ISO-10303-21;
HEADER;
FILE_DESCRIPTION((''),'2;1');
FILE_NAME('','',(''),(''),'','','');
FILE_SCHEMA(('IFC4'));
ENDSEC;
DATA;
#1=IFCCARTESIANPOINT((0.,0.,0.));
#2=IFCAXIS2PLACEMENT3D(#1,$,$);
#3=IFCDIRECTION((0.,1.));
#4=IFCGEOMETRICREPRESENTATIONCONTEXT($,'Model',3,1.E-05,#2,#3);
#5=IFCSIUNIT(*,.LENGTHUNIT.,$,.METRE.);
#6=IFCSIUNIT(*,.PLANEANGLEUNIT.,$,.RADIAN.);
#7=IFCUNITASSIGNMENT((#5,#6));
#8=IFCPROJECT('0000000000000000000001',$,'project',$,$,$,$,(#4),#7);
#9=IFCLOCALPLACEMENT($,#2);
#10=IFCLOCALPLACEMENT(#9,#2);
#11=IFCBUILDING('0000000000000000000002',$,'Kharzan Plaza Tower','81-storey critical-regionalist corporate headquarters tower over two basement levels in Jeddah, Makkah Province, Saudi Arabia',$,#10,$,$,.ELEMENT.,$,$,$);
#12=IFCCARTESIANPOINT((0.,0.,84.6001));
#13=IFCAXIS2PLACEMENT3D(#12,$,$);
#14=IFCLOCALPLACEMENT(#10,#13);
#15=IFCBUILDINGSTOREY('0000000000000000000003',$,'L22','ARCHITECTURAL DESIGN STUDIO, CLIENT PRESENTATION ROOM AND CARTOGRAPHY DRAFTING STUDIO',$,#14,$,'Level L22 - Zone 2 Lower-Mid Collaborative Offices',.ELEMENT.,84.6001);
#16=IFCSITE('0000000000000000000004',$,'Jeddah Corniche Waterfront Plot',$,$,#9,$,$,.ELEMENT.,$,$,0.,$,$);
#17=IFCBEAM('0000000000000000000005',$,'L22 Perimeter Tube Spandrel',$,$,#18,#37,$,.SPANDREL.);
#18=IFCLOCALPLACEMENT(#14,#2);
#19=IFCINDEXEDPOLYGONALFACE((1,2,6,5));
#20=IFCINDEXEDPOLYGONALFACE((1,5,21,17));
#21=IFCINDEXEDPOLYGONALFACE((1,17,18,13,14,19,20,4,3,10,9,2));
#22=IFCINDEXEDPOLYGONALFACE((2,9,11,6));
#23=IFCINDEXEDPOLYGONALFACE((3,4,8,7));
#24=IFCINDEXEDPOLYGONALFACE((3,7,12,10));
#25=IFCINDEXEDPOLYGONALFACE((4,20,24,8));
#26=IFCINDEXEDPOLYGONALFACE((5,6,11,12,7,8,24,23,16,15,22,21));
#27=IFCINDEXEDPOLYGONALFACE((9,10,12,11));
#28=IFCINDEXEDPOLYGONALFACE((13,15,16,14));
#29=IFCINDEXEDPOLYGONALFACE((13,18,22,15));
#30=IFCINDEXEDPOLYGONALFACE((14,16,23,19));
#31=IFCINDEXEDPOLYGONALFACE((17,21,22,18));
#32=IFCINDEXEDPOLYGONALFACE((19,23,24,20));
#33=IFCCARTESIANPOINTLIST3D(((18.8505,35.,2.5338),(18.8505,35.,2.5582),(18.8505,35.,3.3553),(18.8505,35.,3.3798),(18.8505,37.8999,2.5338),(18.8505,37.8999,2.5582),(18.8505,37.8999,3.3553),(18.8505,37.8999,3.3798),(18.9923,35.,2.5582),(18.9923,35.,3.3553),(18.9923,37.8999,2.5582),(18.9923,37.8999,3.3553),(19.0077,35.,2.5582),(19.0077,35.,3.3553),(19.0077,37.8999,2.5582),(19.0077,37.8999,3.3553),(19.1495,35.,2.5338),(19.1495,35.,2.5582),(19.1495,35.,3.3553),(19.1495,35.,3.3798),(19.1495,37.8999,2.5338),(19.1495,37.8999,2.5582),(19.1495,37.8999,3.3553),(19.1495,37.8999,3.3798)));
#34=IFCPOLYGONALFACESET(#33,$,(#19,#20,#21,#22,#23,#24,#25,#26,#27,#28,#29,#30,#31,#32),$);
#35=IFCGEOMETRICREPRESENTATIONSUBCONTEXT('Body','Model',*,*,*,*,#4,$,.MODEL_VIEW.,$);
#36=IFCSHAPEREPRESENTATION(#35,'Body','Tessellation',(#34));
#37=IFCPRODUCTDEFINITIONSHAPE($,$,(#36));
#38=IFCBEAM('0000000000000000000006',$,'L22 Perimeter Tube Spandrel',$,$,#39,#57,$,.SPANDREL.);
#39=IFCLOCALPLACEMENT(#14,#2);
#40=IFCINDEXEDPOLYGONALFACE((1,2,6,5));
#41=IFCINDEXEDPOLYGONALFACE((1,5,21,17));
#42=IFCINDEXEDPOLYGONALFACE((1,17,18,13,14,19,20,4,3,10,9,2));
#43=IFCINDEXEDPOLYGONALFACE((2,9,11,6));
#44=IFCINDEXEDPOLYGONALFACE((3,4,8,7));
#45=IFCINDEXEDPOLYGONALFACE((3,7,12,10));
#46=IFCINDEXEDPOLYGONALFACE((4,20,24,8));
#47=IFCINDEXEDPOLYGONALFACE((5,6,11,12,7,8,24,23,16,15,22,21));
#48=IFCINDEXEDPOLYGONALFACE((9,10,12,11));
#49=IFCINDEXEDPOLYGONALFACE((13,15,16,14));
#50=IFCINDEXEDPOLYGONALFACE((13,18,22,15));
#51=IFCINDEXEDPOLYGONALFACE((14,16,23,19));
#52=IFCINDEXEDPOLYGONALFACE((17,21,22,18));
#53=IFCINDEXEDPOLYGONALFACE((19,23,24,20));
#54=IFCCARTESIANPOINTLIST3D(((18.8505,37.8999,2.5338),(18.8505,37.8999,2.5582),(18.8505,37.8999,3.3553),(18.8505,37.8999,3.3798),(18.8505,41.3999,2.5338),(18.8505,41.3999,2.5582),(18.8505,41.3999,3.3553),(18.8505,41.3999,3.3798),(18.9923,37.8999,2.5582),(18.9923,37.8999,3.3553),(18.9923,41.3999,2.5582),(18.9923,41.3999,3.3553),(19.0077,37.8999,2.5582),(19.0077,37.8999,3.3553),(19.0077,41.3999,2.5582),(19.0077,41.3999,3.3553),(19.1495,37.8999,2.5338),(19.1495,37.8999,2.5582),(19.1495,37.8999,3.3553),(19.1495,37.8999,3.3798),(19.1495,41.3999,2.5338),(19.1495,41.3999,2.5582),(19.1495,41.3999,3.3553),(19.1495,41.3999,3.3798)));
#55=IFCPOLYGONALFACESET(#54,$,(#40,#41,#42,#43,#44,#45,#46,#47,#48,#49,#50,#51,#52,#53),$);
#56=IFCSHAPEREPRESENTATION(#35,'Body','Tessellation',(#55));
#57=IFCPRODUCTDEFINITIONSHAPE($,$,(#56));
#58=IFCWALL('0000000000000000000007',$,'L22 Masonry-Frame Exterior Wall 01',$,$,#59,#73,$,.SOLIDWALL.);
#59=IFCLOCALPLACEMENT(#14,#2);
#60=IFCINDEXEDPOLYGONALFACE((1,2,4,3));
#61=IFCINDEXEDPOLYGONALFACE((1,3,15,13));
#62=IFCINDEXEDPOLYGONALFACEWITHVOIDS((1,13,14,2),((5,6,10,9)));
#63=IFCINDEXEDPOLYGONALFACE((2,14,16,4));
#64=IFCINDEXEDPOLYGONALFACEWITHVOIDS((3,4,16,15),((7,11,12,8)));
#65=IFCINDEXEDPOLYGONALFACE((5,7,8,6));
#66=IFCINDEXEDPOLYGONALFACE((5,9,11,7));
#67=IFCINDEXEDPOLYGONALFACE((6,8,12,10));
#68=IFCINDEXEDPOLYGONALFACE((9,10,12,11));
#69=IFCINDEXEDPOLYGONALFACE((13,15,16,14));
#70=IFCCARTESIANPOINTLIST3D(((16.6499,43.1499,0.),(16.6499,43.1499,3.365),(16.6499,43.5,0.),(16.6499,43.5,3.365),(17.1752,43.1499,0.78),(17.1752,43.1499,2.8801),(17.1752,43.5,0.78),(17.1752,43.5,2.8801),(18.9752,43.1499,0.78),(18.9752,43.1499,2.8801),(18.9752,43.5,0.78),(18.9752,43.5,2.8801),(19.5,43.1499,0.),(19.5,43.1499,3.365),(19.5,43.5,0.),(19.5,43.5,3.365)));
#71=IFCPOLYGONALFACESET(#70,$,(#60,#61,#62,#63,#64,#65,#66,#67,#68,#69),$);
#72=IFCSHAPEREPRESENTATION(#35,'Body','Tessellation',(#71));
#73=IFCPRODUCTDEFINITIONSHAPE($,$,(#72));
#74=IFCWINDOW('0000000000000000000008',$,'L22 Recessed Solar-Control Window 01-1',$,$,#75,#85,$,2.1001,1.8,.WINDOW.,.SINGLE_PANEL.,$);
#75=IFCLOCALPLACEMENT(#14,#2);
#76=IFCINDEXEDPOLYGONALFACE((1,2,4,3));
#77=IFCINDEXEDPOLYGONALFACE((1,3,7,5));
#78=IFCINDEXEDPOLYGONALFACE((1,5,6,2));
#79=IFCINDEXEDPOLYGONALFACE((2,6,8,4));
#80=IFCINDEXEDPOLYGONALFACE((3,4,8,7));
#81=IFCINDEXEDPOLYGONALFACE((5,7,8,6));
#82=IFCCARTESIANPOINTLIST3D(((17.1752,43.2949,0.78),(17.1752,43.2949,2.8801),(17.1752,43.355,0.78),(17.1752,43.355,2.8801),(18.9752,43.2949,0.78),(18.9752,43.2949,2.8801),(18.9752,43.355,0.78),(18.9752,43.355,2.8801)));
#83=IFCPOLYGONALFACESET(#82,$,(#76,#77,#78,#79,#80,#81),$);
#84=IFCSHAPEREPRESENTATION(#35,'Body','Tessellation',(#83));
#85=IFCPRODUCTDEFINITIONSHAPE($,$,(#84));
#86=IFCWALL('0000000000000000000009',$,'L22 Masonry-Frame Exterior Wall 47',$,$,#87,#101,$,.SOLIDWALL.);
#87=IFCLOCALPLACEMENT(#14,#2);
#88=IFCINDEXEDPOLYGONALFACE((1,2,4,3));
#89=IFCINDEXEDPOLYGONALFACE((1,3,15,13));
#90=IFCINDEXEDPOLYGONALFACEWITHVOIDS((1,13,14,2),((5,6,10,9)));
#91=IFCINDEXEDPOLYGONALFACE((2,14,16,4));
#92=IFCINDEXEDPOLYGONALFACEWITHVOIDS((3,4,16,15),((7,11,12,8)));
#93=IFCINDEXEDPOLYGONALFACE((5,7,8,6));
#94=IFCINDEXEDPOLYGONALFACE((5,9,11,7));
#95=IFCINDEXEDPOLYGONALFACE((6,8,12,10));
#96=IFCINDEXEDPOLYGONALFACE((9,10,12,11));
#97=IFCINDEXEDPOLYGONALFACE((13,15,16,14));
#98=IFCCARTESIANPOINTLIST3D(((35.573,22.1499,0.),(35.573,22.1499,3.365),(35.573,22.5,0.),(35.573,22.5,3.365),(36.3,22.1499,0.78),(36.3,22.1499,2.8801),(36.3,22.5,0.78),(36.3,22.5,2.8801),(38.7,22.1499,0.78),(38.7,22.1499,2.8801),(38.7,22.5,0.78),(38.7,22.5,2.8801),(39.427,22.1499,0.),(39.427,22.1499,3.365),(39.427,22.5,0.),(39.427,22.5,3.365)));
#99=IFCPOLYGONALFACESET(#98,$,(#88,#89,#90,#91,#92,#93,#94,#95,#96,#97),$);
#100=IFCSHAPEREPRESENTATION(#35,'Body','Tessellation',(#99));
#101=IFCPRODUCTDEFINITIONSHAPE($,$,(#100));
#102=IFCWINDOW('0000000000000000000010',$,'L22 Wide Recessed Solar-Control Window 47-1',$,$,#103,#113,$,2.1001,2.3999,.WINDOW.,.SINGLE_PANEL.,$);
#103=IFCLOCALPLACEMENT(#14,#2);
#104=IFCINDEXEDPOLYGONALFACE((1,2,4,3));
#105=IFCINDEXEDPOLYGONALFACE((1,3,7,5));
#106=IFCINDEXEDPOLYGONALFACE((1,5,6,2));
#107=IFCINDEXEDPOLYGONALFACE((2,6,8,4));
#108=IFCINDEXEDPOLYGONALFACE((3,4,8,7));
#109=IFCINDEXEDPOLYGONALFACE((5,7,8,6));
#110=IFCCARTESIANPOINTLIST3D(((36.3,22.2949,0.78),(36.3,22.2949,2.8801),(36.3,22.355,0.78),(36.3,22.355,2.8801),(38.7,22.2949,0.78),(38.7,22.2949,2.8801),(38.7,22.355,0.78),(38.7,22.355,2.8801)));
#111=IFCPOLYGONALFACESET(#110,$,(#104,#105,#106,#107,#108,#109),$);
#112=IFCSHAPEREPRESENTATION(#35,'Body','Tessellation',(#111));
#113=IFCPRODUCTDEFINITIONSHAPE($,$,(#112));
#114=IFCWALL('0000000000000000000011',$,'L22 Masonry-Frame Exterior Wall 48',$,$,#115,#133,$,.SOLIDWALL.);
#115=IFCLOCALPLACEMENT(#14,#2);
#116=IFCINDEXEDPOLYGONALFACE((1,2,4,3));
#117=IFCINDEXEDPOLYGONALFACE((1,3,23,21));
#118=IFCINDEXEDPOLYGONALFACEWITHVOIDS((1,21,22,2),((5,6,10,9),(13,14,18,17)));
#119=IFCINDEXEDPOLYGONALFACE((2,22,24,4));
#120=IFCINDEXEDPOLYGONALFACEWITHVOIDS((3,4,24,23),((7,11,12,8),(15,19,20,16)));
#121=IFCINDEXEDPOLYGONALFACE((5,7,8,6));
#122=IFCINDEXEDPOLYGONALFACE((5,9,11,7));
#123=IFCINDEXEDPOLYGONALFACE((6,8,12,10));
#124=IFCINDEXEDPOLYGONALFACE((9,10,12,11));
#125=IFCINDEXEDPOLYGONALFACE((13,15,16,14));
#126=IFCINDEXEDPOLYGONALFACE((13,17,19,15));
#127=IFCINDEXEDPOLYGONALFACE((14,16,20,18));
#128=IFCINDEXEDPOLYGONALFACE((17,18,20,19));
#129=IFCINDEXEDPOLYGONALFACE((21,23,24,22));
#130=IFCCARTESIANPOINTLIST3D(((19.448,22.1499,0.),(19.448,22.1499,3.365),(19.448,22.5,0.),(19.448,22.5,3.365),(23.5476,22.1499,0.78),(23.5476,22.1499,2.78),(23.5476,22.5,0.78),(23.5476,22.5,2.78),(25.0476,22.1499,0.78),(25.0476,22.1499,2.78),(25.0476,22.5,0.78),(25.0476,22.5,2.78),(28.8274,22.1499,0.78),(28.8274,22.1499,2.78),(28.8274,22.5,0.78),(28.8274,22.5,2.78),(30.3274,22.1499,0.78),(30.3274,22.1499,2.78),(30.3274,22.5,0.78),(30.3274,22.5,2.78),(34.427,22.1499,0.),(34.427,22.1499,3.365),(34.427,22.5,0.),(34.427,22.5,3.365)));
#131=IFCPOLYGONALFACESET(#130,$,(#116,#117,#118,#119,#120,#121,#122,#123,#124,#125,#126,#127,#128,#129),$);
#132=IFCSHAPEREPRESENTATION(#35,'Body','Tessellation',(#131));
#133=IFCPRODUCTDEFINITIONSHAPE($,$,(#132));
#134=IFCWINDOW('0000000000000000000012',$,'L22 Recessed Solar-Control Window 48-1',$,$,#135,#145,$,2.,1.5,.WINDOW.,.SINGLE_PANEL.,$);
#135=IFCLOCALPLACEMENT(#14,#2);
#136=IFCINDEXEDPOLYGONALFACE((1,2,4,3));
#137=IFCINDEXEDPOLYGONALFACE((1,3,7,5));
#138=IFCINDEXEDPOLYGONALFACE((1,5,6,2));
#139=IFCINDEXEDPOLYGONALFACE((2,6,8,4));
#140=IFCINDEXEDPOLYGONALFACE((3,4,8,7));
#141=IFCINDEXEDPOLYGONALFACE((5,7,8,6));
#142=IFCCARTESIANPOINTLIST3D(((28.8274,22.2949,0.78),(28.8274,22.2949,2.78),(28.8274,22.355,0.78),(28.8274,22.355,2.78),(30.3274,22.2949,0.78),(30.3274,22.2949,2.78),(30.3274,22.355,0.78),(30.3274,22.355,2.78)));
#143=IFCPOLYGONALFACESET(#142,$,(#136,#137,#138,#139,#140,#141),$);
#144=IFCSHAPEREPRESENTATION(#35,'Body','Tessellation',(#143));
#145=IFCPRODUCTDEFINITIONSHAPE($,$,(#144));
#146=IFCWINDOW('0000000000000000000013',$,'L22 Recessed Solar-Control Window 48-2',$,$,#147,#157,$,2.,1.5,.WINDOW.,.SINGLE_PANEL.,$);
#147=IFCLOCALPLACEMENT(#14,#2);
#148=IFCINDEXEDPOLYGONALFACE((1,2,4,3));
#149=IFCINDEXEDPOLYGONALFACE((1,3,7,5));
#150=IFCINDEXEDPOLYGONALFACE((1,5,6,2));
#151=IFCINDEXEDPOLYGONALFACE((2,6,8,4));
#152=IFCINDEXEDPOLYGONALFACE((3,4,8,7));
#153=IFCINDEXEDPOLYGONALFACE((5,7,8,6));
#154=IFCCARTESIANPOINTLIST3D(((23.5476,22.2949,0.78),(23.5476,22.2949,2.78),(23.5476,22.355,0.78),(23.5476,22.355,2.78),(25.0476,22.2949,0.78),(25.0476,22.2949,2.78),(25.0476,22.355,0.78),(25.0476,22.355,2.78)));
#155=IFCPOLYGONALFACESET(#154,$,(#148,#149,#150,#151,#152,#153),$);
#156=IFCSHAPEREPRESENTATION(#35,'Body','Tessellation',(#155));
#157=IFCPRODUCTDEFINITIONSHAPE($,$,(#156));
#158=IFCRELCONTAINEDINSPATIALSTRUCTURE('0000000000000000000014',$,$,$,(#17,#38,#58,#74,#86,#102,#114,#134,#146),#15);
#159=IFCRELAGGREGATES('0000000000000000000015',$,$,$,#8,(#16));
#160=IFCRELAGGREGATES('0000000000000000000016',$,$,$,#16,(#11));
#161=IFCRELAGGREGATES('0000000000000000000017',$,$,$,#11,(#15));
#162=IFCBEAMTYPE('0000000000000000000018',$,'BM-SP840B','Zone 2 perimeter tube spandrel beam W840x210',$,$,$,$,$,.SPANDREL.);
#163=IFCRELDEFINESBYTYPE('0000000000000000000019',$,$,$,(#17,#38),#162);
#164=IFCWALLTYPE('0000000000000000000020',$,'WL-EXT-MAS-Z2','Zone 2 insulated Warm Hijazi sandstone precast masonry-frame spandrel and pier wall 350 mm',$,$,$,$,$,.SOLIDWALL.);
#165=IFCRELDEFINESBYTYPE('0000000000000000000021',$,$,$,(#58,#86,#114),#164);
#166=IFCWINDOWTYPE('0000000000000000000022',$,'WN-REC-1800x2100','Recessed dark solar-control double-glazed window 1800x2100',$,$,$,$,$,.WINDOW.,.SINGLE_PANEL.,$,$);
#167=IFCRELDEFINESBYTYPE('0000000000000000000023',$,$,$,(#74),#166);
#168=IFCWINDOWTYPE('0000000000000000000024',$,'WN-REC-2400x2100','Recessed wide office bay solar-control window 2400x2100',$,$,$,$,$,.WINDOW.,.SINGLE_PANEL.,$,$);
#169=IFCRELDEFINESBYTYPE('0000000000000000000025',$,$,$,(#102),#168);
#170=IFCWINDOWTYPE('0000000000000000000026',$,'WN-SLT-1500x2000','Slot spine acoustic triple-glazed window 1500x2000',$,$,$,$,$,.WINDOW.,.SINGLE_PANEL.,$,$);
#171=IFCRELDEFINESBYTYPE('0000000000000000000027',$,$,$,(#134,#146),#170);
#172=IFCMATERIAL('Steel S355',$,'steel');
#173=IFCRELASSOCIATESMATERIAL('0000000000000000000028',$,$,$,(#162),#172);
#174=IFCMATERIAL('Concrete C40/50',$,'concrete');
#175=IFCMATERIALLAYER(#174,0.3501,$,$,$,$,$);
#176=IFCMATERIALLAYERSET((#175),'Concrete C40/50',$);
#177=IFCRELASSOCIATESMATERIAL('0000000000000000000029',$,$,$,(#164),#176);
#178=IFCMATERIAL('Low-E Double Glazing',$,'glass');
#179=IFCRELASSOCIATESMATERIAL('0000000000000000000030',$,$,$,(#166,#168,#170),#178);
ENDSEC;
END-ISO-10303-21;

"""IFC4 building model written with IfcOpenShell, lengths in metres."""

from ifc_helpers import new_model, si_unit, direction, frame, frame_2d, origin, origin_2d, place, context, subcontext, project, spatial, rectangle, i_section, extrude, source, transform, mapped, material, layer, layer_set, material_profile, profile_set, type_object, element, fill, save


model = new_model("IFC4")

# Units and contexts
model_context = context("Model", 3, precision=1e-05, world=origin(), true_north=direction((0.0, 1.0)))
body_context = subcontext(model_context, "Body", "Model", "MODEL_VIEW")
ifc_project = project(units=[si_unit("LENGTHUNIT", "METRE"), si_unit("PLANEANGLEUNIT", "RADIAN")], contexts=[model_context])

# Site, building, storey
site_placement = place(None, origin())
site = spatial("IfcSite", under=ifc_project, at=site_placement, Name="Jeddah Corniche Waterfront Plot", CompositionType="ELEMENT", RefElevation=0.0)
building_placement = place(site_placement, origin())
building = spatial("IfcBuilding", under=site, at=building_placement, Name="Kharzan Plaza Tower", Description="81-storey critical-regionalist corporate headquarters tower over two basement levels in Jeddah, Makkah Province, Saudi Arabia", CompositionType="ELEMENT")
storey_placement = place(building_placement, frame((0.0, 0.0, 84.6001)))
storey = spatial("IfcBuildingStorey", under=building, at=storey_placement, Name="L22", Description="ARCHITECTURAL DESIGN STUDIO, CLIENT PRESENTATION ROOM AND CARTOGRAPHY DRAFTING STUDIO", LongName="Level L22 - Zone 2 Lower-Mid Collaborative Offices", CompositionType="ELEMENT", Elevation=84.6001)

# Beams
ifc_material_1 = material(Name="Steel S355", Category="steel")
ifc_material_profile_1 = material_profile(ifc_material_1, i_section(OverallWidth=0.2991, OverallDepth=0.8459, WebThickness=0.0154, FlangeThickness=0.0244, at=origin_2d()), Name="W840x210")
ifc_profile_set_1 = profile_set([ifc_material_profile_1], Name="Steel S355")
beam_type_1 = type_object("IfcBeamType", Name="BM-SP840B", Description="Zone 2 perimeter tube spandrel beam W840x210", PredefinedType="SPANDREL", material=ifc_profile_set_1)
shared_shape_1 = source(origin(), body_context, "Body", "SweptSolid", [
    extrude(i_section(OverallWidth=0.2991, OverallDepth=0.8459, WebThickness=0.0154, FlangeThickness=0.0244, at=origin_2d()), origin(), (0.0, 0.0, 1.0), 2.8999),
])
beam_1_placement = place(storey_placement, frame((19.0, 35.0, 2.9568), z_axis=(0.0, 1.0, 0.0), x_axis=(-1.0, 0.0, 0.0)))
element("IfcBeam", 1, at=beam_1_placement, inside=storey, type_object=beam_type_1, Name="L22 Perimeter Tube Spandrel", PredefinedType="SPANDREL", context=body_context, shape_type="MappedRepresentation", body=[
    mapped(shared_shape_1, transform((0.0, 0.0, 0.0), x_axis=(1.0, 0.0, 0.0), y_axis=(0.0, 1.0, 0.0), z_axis=(0.0, 0.0, 1.0))),
])
shared_shape_2 = source(origin(), body_context, "Body", "SweptSolid", [
    extrude(i_section(OverallWidth=0.2991, OverallDepth=0.8459, WebThickness=0.0154, FlangeThickness=0.0244, at=origin_2d()), origin(), (0.0, 0.0, 1.0), 3.5),
])
beam_2_placement = place(storey_placement, frame((19.0, 37.8999, 2.9568), z_axis=(0.0, 1.0, 0.0), x_axis=(-1.0, 0.0, 0.0)))
element("IfcBeam", 2, at=beam_2_placement, inside=storey, type_object=beam_type_1, Name="L22 Perimeter Tube Spandrel", PredefinedType="SPANDREL", context=body_context, shape_type="MappedRepresentation", body=[
    mapped(shared_shape_2, transform((0.0, 0.0, 0.0), x_axis=(1.0, 0.0, 0.0), y_axis=(0.0, 1.0, 0.0), z_axis=(0.0, 0.0, 1.0))),
])

# Walls, openings, windows
ifc_material_2 = material(Name="Concrete C40/50", Category="concrete")
ifc_layer_1 = layer(ifc_material_2, 0.3501)
ifc_layer_set_1 = layer_set([ifc_layer_1], Name="Concrete C40/50")
wall_type_1 = type_object("IfcWallType", Name="WL-EXT-MAS-Z2", Description="Zone 2 insulated Warm Hijazi sandstone precast masonry-frame spandrel and pier wall 350 mm", PredefinedType="SOLIDWALL", material=ifc_layer_set_1)
wall_1_placement = place(storey_placement, frame((19.5, 43.325, 0.0), z_axis=(0.0, 0.0, 1.0), x_axis=(-1.0, 0.0, 0.0)))
wall_1 = element("IfcWall", 3, at=wall_1_placement, inside=storey, type_object=wall_type_1, Name="L22 Masonry-Frame Exterior Wall 01", PredefinedType="SOLIDWALL", context=body_context, shape_type="SweptSolid", body=[
    extrude(rectangle(XDim=2.8501, YDim=0.3501, at=frame_2d((1.425, 0.0))), origin(), (0.0, 0.0, 1.0), 3.365),
])
opening_1_placement = place(wall_1_placement, frame((0.5249, 0.0, 0.78)))
opening_1 = element("IfcOpeningElement", 4, at=opening_1_placement, cuts=wall_1, PredefinedType="OPENING", context=body_context, shape_type="SweptSolid", body=[
    extrude(rectangle(XDim=1.8, YDim=2.1001, at=frame_2d((0.8999, 1.05))), frame((0.0, 0.1851, 0.0), z_axis=(0.0, -1.0, 0.0), x_axis=(1.0, 0.0, 0.0)), (0.0, 0.0, 1.0), 0.3701),
])
ifc_material_3 = material(Name="Low-E Double Glazing", Category="glass")
window_type_1 = type_object("IfcWindowType", Name="WN-REC-1800x2100", Description="Recessed dark solar-control double-glazed window 1800x2100", PartitioningType="SINGLE_PANEL", PredefinedType="WINDOW", material=ifc_material_3)
shared_shape_3 = source(origin(), body_context, "Body", "SweptSolid", [
    extrude(rectangle(XDim=1.8, YDim=2.1001, at=frame_2d((0.8999, 1.05))), frame((0.0, 0.03, 0.0), z_axis=(0.0, -1.0, 0.0), x_axis=(1.0, 0.0, 0.0)), (0.0, 0.0, 1.0), 0.0601),
])
window_1_placement = place(opening_1_placement, origin())
window_1 = element("IfcWindow", 5, at=window_1_placement, inside=storey, type_object=window_type_1, Name="L22 Recessed Solar-Control Window 01-1", OverallHeight=2.1001, OverallWidth=1.8, PartitioningType="SINGLE_PANEL", PredefinedType="WINDOW", context=body_context, shape_type="MappedRepresentation", body=[
    mapped(shared_shape_3, transform((0.0, 0.0, 0.0), x_axis=(1.0, 0.0, 0.0), y_axis=(0.0, 1.0, 0.0), z_axis=(0.0, 0.0, 1.0))),
])
fill(opening_1, window_1)
wall_2_placement = place(storey_placement, frame((39.427, 22.325, 0.0), z_axis=(0.0, 0.0, 1.0), x_axis=(-1.0, 0.0, 0.0)))
wall_2 = element("IfcWall", 6, at=wall_2_placement, inside=storey, type_object=wall_type_1, Name="L22 Masonry-Frame Exterior Wall 47", PredefinedType="SOLIDWALL", context=body_context, shape_type="SweptSolid", body=[
    extrude(rectangle(XDim=3.854, YDim=0.3501, at=frame_2d((1.927, 0.0))), origin(), (0.0, 0.0, 1.0), 3.365),
])
opening_2_placement = place(wall_2_placement, frame((0.7271, 0.0, 0.78)))
opening_2 = element("IfcOpeningElement", 7, at=opening_2_placement, cuts=wall_2, PredefinedType="OPENING", context=body_context, shape_type="SweptSolid", body=[
    extrude(rectangle(XDim=2.3999, YDim=2.1001, at=frame_2d((1.2, 1.05))), frame((0.0, 0.1851, 0.0), z_axis=(0.0, -1.0, 0.0), x_axis=(1.0, 0.0, 0.0)), (0.0, 0.0, 1.0), 0.3701),
])
window_type_2 = type_object("IfcWindowType", Name="WN-REC-2400x2100", Description="Recessed wide office bay solar-control window 2400x2100", PartitioningType="SINGLE_PANEL", PredefinedType="WINDOW", material=ifc_material_3)
shared_shape_4 = source(origin(), body_context, "Body", "SweptSolid", [
    extrude(rectangle(XDim=2.3999, YDim=2.1001, at=frame_2d((1.2, 1.05))), frame((0.0, 0.03, 0.0), z_axis=(0.0, -1.0, 0.0), x_axis=(1.0, 0.0, 0.0)), (0.0, 0.0, 1.0), 0.0601),
])
window_2_placement = place(opening_2_placement, origin())
window_2 = element("IfcWindow", 8, at=window_2_placement, inside=storey, type_object=window_type_2, Name="L22 Wide Recessed Solar-Control Window 47-1", OverallHeight=2.1001, OverallWidth=2.3999, PartitioningType="SINGLE_PANEL", PredefinedType="WINDOW", context=body_context, shape_type="MappedRepresentation", body=[
    mapped(shared_shape_4, transform((0.0, 0.0, 0.0), x_axis=(1.0, 0.0, 0.0), y_axis=(0.0, 1.0, 0.0), z_axis=(0.0, 0.0, 1.0))),
])
fill(opening_2, window_2)

# Wall, openings, windows
wall_3_placement = place(storey_placement, frame((34.427, 22.325, 0.0), z_axis=(0.0, 0.0, 1.0), x_axis=(-1.0, 0.0, 0.0)))
wall_3 = element("IfcWall", 9, at=wall_3_placement, inside=storey, type_object=wall_type_1, Name="L22 Masonry-Frame Exterior Wall 48", PredefinedType="SOLIDWALL", context=body_context, shape_type="SweptSolid", body=[
    extrude(rectangle(XDim=14.979, YDim=0.3501, at=frame_2d((7.4895, 0.0))), origin(), (0.0, 0.0, 1.0), 3.365),
])
opening_3_placement = place(wall_3_placement, frame((4.0996, 0.0, 0.78)))
opening_3 = element("IfcOpeningElement", 10, at=opening_3_placement, cuts=wall_3, PredefinedType="OPENING", context=body_context, shape_type="SweptSolid", body=[
    extrude(rectangle(XDim=1.5, YDim=2.0, at=frame_2d((0.75, 1.0))), frame((0.0, 0.1851, 0.0), z_axis=(0.0, -1.0, 0.0), x_axis=(1.0, 0.0, 0.0)), (0.0, 0.0, 1.0), 0.3701),
])
opening_4_placement = place(wall_3_placement, frame((9.3794, 0.0, 0.78)))
opening_4 = element("IfcOpeningElement", 11, at=opening_4_placement, cuts=wall_3, PredefinedType="OPENING", context=body_context, shape_type="SweptSolid", body=[
    extrude(rectangle(XDim=1.5, YDim=2.0, at=frame_2d((0.75, 1.0))), frame((0.0, 0.1851, 0.0), z_axis=(0.0, -1.0, 0.0), x_axis=(1.0, 0.0, 0.0)), (0.0, 0.0, 1.0), 0.3701),
])
window_type_3 = type_object("IfcWindowType", Name="WN-SLT-1500x2000", Description="Slot spine acoustic triple-glazed window 1500x2000", PartitioningType="SINGLE_PANEL", PredefinedType="WINDOW", material=ifc_material_3)
shared_shape_5 = source(origin(), body_context, "Body", "SweptSolid", [
    extrude(rectangle(XDim=1.5, YDim=2.0, at=frame_2d((0.75, 1.0))), frame((0.0, 0.03, 0.0), z_axis=(0.0, -1.0, 0.0), x_axis=(1.0, 0.0, 0.0)), (0.0, 0.0, 1.0), 0.0601),
])
window_3_placement = place(opening_3_placement, origin())
window_3 = element("IfcWindow", 12, at=window_3_placement, inside=storey, type_object=window_type_3, Name="L22 Recessed Solar-Control Window 48-1", OverallHeight=2.0, OverallWidth=1.5, PartitioningType="SINGLE_PANEL", PredefinedType="WINDOW", context=body_context, shape_type="MappedRepresentation", body=[
    mapped(shared_shape_5, transform((0.0, 0.0, 0.0), x_axis=(1.0, 0.0, 0.0), y_axis=(0.0, 1.0, 0.0), z_axis=(0.0, 0.0, 1.0))),
])
fill(opening_3, window_3)
window_4_placement = place(opening_4_placement, origin())
window_4 = element("IfcWindow", 13, at=window_4_placement, inside=storey, type_object=window_type_3, Name="L22 Recessed Solar-Control Window 48-2", OverallHeight=2.0, OverallWidth=1.5, PartitioningType="SINGLE_PANEL", PredefinedType="WINDOW", context=body_context, shape_type="MappedRepresentation", body=[
    mapped(shared_shape_5, transform((0.0, 0.0, 0.0), x_axis=(1.0, 0.0, 0.0), y_axis=(0.0, 1.0, 0.0), z_axis=(0.0, 0.0, 1.0))),
])
fill(opening_4, window_4)

save(model, "model.ifc")
